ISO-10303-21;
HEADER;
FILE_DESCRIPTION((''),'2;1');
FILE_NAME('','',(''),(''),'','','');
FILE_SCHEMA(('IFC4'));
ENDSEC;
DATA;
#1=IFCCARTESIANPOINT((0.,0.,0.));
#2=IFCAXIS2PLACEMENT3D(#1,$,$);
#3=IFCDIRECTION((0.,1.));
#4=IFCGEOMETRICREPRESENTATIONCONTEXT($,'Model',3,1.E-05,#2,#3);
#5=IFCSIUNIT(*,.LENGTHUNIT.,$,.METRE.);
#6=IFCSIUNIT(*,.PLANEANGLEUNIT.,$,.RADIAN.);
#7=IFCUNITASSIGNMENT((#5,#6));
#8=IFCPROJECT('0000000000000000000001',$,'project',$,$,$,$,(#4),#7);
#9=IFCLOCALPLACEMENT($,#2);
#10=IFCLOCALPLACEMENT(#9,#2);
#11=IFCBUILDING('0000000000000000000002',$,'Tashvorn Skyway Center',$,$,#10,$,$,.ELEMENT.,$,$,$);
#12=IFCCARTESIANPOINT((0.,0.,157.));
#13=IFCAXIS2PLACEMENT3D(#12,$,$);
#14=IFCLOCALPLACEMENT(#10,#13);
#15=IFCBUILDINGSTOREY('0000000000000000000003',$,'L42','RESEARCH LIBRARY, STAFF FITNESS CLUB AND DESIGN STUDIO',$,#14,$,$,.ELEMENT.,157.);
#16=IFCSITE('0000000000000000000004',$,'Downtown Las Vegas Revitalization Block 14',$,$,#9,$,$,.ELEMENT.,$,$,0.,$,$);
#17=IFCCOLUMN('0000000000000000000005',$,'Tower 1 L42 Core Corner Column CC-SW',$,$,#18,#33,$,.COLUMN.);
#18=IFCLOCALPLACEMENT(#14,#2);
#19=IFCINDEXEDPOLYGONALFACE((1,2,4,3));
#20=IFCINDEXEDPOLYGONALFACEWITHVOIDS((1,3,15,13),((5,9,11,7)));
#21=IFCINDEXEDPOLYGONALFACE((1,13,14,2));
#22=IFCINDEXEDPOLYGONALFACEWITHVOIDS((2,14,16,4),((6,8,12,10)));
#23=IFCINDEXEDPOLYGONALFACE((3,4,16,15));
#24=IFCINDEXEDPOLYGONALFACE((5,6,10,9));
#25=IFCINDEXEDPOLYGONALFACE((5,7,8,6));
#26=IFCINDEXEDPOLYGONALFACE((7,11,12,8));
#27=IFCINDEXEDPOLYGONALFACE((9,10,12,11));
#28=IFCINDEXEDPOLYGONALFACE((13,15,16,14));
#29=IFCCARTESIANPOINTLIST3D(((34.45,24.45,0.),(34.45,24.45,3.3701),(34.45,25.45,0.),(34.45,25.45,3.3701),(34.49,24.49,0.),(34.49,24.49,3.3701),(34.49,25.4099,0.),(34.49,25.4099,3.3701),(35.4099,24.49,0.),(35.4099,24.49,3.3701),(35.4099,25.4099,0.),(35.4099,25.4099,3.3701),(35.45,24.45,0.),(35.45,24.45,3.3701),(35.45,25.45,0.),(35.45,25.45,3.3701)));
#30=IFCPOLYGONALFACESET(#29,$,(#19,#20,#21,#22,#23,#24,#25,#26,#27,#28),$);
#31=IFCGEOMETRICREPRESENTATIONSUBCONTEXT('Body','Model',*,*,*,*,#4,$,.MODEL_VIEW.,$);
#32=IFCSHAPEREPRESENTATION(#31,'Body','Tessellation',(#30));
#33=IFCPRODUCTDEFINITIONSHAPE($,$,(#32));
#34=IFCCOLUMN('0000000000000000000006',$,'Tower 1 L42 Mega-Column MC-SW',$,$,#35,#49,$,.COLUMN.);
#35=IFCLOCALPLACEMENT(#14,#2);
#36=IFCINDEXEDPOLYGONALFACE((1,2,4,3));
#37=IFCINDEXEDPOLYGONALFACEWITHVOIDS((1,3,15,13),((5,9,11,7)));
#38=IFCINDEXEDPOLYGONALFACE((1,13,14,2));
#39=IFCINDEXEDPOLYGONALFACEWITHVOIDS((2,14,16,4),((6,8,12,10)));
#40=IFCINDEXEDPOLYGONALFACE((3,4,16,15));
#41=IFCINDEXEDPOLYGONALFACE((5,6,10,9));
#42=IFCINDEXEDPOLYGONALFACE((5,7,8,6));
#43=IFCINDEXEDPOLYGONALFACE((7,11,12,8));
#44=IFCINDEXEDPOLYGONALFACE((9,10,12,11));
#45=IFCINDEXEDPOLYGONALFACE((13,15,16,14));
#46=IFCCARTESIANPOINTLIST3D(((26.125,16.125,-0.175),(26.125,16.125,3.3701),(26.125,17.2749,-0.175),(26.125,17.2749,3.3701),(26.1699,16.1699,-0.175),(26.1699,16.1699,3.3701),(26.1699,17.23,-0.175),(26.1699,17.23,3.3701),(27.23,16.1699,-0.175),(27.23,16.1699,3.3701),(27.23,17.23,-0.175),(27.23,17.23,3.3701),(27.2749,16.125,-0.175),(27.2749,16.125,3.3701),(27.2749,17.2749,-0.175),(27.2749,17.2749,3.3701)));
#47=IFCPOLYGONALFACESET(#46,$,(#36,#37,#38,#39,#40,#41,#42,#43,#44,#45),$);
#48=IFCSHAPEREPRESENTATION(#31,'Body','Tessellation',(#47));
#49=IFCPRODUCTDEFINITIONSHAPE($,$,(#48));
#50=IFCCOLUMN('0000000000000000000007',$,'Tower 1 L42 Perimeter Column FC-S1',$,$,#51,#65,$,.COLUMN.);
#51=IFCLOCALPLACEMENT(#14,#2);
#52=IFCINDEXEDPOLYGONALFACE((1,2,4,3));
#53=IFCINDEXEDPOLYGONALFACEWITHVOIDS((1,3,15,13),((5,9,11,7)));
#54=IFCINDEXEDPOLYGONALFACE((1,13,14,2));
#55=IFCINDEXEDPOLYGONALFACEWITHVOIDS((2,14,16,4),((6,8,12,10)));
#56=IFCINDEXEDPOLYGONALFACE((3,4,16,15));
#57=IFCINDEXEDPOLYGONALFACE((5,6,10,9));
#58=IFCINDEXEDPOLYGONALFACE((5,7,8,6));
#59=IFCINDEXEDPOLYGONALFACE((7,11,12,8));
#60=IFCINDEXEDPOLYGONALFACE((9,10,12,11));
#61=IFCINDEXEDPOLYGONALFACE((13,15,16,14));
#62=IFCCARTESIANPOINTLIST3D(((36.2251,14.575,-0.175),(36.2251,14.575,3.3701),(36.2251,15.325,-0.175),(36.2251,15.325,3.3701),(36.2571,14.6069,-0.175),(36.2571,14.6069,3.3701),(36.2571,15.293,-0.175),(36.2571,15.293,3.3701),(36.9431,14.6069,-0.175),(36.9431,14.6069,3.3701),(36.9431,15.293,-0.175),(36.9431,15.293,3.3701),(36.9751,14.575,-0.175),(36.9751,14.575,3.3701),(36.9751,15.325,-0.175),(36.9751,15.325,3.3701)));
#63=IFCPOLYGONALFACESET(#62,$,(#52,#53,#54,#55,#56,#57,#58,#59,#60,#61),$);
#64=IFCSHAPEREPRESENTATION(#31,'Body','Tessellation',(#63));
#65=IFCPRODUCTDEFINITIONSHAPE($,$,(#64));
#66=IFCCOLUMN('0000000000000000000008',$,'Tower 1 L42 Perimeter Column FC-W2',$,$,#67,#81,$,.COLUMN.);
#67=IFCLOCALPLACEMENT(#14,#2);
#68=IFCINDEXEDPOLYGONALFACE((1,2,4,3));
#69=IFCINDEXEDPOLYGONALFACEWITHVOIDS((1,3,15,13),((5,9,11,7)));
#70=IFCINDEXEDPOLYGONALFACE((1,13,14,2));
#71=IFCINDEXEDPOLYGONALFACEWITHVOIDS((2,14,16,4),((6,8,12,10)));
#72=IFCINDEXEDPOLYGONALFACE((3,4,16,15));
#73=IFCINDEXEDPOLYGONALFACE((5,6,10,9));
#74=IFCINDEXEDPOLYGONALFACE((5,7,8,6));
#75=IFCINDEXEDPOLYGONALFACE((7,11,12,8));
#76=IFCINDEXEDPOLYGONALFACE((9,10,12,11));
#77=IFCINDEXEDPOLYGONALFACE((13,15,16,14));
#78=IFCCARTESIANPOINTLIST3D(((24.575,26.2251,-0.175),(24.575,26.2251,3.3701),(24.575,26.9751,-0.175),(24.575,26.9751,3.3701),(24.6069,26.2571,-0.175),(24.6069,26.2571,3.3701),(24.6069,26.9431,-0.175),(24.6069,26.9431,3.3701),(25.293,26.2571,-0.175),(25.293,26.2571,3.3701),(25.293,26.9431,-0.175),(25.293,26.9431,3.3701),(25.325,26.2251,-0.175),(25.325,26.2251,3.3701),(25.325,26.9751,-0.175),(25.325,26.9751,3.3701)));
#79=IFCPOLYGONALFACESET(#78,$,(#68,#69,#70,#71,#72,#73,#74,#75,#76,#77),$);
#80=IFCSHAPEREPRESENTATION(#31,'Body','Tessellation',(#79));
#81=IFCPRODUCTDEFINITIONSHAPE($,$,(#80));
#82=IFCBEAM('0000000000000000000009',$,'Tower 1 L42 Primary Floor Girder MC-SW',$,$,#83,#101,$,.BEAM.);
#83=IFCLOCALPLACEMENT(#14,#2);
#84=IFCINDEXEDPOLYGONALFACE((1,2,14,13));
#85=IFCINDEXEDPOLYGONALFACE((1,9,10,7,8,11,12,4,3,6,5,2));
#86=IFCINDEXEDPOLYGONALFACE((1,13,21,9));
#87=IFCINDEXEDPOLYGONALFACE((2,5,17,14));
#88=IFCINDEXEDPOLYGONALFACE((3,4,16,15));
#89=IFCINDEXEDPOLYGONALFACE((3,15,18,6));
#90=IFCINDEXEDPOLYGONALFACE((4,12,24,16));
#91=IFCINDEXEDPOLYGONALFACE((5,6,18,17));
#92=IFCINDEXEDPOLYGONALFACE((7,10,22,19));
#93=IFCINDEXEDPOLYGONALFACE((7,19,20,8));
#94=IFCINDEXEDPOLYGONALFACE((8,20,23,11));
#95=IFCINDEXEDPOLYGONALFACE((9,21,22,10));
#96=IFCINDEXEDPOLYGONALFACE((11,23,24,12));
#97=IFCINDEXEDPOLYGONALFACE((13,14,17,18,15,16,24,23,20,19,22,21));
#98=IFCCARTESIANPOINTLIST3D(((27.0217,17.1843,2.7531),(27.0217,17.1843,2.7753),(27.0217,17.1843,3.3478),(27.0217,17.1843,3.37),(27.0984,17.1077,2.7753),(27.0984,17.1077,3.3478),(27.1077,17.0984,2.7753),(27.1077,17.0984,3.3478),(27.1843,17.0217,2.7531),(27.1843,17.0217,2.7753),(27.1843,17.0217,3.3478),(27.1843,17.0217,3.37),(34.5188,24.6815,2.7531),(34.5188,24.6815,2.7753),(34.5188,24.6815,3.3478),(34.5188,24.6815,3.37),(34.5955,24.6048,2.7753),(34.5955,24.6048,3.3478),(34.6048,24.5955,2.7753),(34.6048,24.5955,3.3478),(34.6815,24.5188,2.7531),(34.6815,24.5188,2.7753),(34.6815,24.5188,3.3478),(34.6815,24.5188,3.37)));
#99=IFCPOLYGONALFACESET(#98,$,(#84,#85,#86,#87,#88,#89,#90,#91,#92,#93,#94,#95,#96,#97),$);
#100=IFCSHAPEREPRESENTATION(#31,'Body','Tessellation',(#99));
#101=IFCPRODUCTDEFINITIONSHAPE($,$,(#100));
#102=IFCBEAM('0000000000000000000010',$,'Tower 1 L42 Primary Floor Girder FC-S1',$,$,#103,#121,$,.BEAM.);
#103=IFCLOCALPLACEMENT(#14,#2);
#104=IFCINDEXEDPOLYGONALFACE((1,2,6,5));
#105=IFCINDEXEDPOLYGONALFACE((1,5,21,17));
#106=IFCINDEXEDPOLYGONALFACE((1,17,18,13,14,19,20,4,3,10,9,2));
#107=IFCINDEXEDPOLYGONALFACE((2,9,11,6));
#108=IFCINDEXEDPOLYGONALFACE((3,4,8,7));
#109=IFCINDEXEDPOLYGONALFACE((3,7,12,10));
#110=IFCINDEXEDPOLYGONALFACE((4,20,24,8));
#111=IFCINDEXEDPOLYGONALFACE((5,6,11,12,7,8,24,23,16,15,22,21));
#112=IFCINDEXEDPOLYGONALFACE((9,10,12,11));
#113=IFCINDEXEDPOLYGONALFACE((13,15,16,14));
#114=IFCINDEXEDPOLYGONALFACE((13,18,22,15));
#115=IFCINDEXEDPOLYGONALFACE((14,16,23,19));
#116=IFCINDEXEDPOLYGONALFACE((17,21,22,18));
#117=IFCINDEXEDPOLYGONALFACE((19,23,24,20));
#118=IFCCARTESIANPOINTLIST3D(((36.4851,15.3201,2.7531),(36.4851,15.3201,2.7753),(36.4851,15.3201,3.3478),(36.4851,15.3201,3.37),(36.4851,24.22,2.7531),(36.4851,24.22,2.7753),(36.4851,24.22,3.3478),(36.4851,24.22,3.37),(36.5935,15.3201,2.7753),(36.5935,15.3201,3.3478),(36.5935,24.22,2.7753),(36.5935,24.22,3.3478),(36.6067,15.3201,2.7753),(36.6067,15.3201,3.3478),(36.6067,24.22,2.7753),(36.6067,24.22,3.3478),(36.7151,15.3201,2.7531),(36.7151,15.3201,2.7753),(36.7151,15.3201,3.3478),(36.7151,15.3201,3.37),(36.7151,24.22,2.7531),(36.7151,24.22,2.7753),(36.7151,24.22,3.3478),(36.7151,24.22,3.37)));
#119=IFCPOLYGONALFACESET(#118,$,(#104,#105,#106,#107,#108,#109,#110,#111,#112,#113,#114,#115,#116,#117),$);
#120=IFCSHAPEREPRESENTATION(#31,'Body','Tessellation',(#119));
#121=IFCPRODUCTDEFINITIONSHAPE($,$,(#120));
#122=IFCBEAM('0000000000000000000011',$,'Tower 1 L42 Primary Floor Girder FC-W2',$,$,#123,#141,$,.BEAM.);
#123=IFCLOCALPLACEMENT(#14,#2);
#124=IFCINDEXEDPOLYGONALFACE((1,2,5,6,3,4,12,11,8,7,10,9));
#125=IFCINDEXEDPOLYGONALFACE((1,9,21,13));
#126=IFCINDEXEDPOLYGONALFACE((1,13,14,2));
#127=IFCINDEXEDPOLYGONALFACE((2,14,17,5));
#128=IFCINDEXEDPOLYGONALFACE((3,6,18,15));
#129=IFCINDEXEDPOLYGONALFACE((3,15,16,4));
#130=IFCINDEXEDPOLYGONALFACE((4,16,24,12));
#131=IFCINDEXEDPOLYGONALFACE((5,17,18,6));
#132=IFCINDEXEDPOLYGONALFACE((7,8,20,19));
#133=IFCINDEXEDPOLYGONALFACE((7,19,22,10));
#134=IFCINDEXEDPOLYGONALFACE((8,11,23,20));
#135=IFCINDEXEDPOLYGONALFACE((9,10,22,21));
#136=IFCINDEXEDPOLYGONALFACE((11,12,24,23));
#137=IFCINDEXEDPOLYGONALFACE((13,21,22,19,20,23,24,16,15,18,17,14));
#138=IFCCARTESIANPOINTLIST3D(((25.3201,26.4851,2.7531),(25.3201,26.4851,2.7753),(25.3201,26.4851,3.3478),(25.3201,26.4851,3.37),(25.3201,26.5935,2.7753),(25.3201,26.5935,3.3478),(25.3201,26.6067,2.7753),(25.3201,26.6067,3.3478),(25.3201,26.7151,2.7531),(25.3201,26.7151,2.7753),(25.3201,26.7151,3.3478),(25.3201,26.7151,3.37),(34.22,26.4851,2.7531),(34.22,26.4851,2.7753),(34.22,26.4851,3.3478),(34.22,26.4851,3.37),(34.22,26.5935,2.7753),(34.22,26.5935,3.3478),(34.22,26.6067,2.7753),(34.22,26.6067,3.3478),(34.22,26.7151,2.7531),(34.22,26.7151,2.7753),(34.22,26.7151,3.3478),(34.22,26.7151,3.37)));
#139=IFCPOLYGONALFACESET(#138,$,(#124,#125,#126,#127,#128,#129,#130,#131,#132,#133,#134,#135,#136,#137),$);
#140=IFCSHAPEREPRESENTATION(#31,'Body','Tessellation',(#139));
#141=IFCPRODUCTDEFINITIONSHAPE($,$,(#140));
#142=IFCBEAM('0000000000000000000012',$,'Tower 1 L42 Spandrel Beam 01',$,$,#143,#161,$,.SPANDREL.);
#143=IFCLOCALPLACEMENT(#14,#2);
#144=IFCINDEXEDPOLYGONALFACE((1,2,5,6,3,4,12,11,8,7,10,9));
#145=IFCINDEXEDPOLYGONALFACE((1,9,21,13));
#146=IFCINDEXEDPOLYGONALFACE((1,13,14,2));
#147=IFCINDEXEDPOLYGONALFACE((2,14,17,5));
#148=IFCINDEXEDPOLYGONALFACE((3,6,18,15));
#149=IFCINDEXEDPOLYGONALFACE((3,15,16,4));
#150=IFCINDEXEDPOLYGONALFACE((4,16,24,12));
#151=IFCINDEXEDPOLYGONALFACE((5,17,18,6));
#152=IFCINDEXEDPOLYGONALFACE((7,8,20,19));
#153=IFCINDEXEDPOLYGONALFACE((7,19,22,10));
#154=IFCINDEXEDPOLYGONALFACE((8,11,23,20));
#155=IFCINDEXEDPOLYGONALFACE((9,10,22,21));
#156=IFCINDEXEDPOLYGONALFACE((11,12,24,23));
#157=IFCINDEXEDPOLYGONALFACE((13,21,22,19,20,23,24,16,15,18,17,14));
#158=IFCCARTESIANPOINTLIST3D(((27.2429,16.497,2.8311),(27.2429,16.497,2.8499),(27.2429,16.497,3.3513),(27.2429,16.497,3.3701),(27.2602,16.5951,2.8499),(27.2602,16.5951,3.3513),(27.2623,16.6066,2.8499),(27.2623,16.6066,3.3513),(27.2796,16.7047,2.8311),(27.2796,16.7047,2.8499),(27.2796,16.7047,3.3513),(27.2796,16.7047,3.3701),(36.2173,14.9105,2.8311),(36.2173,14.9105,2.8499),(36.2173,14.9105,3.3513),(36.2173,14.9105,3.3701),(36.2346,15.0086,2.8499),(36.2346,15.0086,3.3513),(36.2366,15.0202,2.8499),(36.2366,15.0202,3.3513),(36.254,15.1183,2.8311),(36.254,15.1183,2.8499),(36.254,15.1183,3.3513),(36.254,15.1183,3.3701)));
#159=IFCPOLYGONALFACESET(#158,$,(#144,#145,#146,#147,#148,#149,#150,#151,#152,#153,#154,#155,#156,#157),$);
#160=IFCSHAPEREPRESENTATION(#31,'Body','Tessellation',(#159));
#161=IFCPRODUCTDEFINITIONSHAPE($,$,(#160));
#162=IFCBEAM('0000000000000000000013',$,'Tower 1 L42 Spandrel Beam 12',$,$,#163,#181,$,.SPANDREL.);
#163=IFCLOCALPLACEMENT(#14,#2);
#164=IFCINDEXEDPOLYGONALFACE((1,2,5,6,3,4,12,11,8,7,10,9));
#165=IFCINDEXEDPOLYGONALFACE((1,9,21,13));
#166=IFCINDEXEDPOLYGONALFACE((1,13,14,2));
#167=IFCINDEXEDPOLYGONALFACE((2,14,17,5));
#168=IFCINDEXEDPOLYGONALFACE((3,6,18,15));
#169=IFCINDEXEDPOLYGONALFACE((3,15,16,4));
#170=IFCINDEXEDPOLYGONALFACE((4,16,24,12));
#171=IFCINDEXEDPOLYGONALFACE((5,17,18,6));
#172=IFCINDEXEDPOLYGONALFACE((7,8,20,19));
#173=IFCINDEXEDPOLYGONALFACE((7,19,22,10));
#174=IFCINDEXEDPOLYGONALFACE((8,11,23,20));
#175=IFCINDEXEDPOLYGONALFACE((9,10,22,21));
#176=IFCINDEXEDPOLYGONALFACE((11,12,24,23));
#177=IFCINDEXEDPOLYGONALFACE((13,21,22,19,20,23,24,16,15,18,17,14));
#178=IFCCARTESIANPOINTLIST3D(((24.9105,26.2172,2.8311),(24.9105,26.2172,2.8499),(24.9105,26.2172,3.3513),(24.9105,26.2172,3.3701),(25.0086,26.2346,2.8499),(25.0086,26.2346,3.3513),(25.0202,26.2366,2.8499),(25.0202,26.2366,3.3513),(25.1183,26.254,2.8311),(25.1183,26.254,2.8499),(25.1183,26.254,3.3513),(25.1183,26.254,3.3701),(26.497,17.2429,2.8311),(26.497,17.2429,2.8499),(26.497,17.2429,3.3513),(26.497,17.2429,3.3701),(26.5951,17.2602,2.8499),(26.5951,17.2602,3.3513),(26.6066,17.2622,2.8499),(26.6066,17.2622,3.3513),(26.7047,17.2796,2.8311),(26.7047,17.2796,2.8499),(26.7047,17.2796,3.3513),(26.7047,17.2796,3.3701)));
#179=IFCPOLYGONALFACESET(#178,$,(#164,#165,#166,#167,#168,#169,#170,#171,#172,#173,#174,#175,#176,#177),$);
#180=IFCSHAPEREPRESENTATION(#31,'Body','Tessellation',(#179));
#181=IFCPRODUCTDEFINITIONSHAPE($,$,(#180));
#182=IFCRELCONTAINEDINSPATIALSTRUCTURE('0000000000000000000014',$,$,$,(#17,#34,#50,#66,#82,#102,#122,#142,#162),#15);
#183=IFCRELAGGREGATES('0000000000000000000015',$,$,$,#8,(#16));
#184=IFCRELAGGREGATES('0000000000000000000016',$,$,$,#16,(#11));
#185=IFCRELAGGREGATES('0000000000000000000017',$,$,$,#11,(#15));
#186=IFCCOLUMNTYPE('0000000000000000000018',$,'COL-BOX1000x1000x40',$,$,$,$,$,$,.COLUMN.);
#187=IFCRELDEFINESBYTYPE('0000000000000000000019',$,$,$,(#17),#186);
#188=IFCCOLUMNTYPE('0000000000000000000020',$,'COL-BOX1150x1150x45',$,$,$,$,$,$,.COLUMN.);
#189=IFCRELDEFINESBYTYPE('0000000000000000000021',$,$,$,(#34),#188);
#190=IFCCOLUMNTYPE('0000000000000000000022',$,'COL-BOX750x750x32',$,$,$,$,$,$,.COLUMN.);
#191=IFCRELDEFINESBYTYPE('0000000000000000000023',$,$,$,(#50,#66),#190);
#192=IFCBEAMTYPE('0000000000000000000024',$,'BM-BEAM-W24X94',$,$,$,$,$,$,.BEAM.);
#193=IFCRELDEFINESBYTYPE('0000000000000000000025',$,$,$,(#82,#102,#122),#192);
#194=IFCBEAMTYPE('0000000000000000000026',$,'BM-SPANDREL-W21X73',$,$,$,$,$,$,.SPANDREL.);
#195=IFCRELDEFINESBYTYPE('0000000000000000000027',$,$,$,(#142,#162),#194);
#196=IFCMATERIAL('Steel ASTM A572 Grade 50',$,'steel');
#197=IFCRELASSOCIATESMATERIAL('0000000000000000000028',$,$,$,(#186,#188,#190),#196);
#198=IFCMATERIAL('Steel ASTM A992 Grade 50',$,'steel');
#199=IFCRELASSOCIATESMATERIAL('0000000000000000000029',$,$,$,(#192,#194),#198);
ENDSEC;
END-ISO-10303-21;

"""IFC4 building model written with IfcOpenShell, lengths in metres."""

from ifc_helpers import new_model, si_unit, direction, frame, origin, origin_2d, place, context, subcontext, project, spatial, hollow_rectangle, i_section, extrude, material, material_profile, profile_set, type_object, element, save


model = new_model("IFC4")

# Units and contexts
model_context = context("Model", 3, precision=1e-05, world=origin(), true_north=direction((0.0, 1.0)))
body_context = subcontext(model_context, "Body", "Model", "MODEL_VIEW")
ifc_project = project(units=[si_unit("LENGTHUNIT", "METRE"), si_unit("PLANEANGLEUNIT", "RADIAN")], contexts=[model_context])

# Site, building, storey
site_placement = place(None, origin())
site = spatial("IfcSite", under=ifc_project, at=site_placement, Name="Downtown Las Vegas Revitalization Block 14", CompositionType="ELEMENT", RefElevation=0.0)
building_placement = place(site_placement, origin())
building = spatial("IfcBuilding", under=site, at=building_placement, Name="Tashvorn Skyway Center", CompositionType="ELEMENT")
storey_placement = place(building_placement, frame((0.0, 0.0, 157.0)))
storey = spatial("IfcBuildingStorey", under=building, at=storey_placement, Name="L42", Description="RESEARCH LIBRARY, STAFF FITNESS CLUB AND DESIGN STUDIO", CompositionType="ELEMENT", Elevation=157.0)

# Columns
ifc_material_1 = material(Name="Steel ASTM A572 Grade 50", Category="steel")
ifc_material_profile_1 = material_profile(ifc_material_1, hollow_rectangle(XDim=1.0, YDim=1.0, WallThickness=0.04, at=origin_2d()), Name="BOX1000x1000x40")
ifc_profile_set_1 = profile_set([ifc_material_profile_1], Name="Steel ASTM A572 Grade 50")
column_type_1 = type_object("IfcColumnType", Name="COL-BOX1000x1000x40", PredefinedType="COLUMN", material=ifc_profile_set_1)
column_1_placement = place(storey_placement, frame((34.95, 24.95, 0.0), z_axis=(0.0, 0.0, 1.0), x_axis=(1.0, 0.0, 0.0)))
element("IfcColumn", 1, at=column_1_placement, inside=storey, type_object=column_type_1, Name="Tower 1 L42 Core Corner Column CC-SW", PredefinedType="COLUMN", context=body_context, shape_type="SweptSolid", body=[
    extrude(hollow_rectangle(XDim=1.0, YDim=1.0, WallThickness=0.04, at=origin_2d()), origin(), (0.0, 0.0, 1.0), 3.3701),
])
ifc_material_profile_2 = material_profile(ifc_material_1, hollow_rectangle(XDim=1.1499, YDim=1.1499, WallThickness=0.0449, at=origin_2d()), Name="BOX1150x1150x45")
ifc_profile_set_2 = profile_set([ifc_material_profile_2], Name="Steel ASTM A572 Grade 50")
column_type_2 = type_object("IfcColumnType", Name="COL-BOX1150x1150x45", PredefinedType="COLUMN", material=ifc_profile_set_2)
column_2_placement = place(storey_placement, frame((26.7, 16.7, -0.175), z_axis=(0.0, 0.0, 1.0), x_axis=(1.0, 0.0, 0.0)))
element("IfcColumn", 2, at=column_2_placement, inside=storey, type_object=column_type_2, Name="Tower 1 L42 Mega-Column MC-SW", PredefinedType="COLUMN", context=body_context, shape_type="SweptSolid", body=[
    extrude(hollow_rectangle(XDim=1.1499, YDim=1.1499, WallThickness=0.0449, at=origin_2d()), origin(), (0.0, 0.0, 1.0), 3.5452),
])
ifc_material_profile_3 = material_profile(ifc_material_1, hollow_rectangle(XDim=0.75, YDim=0.75, WallThickness=0.032, at=origin_2d()), Name="BOX750x750x32")
ifc_profile_set_3 = profile_set([ifc_material_profile_3], Name="Steel ASTM A572 Grade 50")
column_type_3 = type_object("IfcColumnType", Name="COL-BOX750x750x32", PredefinedType="COLUMN", material=ifc_profile_set_3)
for number, where, z_axis, x_axis, name in (
    (3, (36.6001, 14.95, -0.175), (0.0, 0.0, 1.0), (1.0, 0.0, 0.0), "Tower 1 L42 Perimeter Column FC-S1"),
    (4, (24.95, 26.6001, -0.175), (0.0, 0.0, 1.0), (1.0, 0.0, 0.0), "Tower 1 L42 Perimeter Column FC-W2"),
):
    element("IfcColumn", number, at=place(storey_placement, frame(where, z_axis=z_axis, x_axis=x_axis)), inside=storey, type_object=column_type_3, Name=name, PredefinedType="COLUMN", context=body_context, shape_type="SweptSolid", body=[
        extrude(hollow_rectangle(XDim=0.75, YDim=0.75, WallThickness=0.032, at=origin_2d()), origin(), (0.0, 0.0, 1.0), 3.5452),
    ])

# Beams
ifc_material_2 = material(Name="Steel ASTM A992 Grade 50", Category="steel")
ifc_material_profile_4 = material_profile(ifc_material_2, i_section(OverallWidth=0.23, OverallDepth=0.6169, WebThickness=0.0132, FlangeThickness=0.0222, at=origin_2d()), Name="W24X94")
ifc_profile_set_4 = profile_set([ifc_material_profile_4], Name="Steel ASTM A992 Grade 50")
beam_type_1 = type_object("IfcBeamType", Name="BM-BEAM-W24X94", PredefinedType="BEAM", material=ifc_profile_set_4)
beam_placement = place(storey_placement, frame((27.103, 17.103, 3.0615), z_axis=(0.707107, 0.707107, 0.0), x_axis=(-0.707107, 0.707107, 0.0)))
element("IfcBeam", 5, at=beam_placement, inside=storey, type_object=beam_type_1, Name="Tower 1 L42 Primary Floor Girder MC-SW", PredefinedType="BEAM", context=body_context, shape_type="SweptSolid", body=[
    extrude(i_section(OverallWidth=0.23, OverallDepth=0.6169, WebThickness=0.0132, FlangeThickness=0.0222, at=origin_2d()), origin(), (0.0, 0.0, 1.0), 10.6025),
])
for number, where, z_axis, x_axis, name in (
    (6, (36.6001, 15.3201, 3.0615), (0.0, 1.0, 0.0), (-1.0, 0.0, 0.0), "Tower 1 L42 Primary Floor Girder FC-S1"),
    (7, (25.3201, 26.6001, 3.0615), (1.0, 0.0, 0.0), (0.0, 1.0, 0.0), "Tower 1 L42 Primary Floor Girder FC-W2"),
):
    element("IfcBeam", number, at=place(storey_placement, frame(where, z_axis=z_axis, x_axis=x_axis)), inside=storey, type_object=beam_type_1, Name=name, PredefinedType="BEAM", context=body_context, shape_type="SweptSolid", body=[
        extrude(i_section(OverallWidth=0.23, OverallDepth=0.6169, WebThickness=0.0132, FlangeThickness=0.0222, at=origin_2d()), origin(), (0.0, 0.0, 1.0), 8.8999),
    ])
ifc_material_profile_5 = material_profile(ifc_material_2, i_section(OverallWidth=0.2109, OverallDepth=0.5391, WebThickness=0.0117, FlangeThickness=0.0188, at=origin_2d()), Name="W21X73")
ifc_profile_set_5 = profile_set([ifc_material_profile_5], Name="Steel ASTM A992 Grade 50")
beam_type_2 = type_object("IfcBeamType", Name="BM-SPANDREL-W21X73", PredefinedType="SPANDREL", material=ifc_profile_set_5)
for number, where, z_axis, x_axis, name in (
    (8, (27.2612, 16.6008, 3.1006), (0.984733, -0.174074, 0.0), (0.174074, 0.984733, 0.0), "Tower 1 L42 Spandrel Beam 01"),
    (9, (25.0144, 26.2356, 3.1006), (0.174074, -0.984733, 0.0), (0.984733, 0.174074, 0.0), "Tower 1 L42 Spandrel Beam 12"),
):
    element("IfcBeam", number, at=place(storey_placement, frame(where, z_axis=z_axis, x_axis=x_axis)), inside=storey, type_object=beam_type_2, Name=name, PredefinedType="SPANDREL", context=body_context, shape_type="SweptSolid", body=[
        extrude(i_section(OverallWidth=0.2109, OverallDepth=0.5391, WebThickness=0.0117, FlangeThickness=0.0188, at=origin_2d()), origin(), (0.0, 0.0, 1.0), 9.1135),
    ])

save(model, "model.ifc")
